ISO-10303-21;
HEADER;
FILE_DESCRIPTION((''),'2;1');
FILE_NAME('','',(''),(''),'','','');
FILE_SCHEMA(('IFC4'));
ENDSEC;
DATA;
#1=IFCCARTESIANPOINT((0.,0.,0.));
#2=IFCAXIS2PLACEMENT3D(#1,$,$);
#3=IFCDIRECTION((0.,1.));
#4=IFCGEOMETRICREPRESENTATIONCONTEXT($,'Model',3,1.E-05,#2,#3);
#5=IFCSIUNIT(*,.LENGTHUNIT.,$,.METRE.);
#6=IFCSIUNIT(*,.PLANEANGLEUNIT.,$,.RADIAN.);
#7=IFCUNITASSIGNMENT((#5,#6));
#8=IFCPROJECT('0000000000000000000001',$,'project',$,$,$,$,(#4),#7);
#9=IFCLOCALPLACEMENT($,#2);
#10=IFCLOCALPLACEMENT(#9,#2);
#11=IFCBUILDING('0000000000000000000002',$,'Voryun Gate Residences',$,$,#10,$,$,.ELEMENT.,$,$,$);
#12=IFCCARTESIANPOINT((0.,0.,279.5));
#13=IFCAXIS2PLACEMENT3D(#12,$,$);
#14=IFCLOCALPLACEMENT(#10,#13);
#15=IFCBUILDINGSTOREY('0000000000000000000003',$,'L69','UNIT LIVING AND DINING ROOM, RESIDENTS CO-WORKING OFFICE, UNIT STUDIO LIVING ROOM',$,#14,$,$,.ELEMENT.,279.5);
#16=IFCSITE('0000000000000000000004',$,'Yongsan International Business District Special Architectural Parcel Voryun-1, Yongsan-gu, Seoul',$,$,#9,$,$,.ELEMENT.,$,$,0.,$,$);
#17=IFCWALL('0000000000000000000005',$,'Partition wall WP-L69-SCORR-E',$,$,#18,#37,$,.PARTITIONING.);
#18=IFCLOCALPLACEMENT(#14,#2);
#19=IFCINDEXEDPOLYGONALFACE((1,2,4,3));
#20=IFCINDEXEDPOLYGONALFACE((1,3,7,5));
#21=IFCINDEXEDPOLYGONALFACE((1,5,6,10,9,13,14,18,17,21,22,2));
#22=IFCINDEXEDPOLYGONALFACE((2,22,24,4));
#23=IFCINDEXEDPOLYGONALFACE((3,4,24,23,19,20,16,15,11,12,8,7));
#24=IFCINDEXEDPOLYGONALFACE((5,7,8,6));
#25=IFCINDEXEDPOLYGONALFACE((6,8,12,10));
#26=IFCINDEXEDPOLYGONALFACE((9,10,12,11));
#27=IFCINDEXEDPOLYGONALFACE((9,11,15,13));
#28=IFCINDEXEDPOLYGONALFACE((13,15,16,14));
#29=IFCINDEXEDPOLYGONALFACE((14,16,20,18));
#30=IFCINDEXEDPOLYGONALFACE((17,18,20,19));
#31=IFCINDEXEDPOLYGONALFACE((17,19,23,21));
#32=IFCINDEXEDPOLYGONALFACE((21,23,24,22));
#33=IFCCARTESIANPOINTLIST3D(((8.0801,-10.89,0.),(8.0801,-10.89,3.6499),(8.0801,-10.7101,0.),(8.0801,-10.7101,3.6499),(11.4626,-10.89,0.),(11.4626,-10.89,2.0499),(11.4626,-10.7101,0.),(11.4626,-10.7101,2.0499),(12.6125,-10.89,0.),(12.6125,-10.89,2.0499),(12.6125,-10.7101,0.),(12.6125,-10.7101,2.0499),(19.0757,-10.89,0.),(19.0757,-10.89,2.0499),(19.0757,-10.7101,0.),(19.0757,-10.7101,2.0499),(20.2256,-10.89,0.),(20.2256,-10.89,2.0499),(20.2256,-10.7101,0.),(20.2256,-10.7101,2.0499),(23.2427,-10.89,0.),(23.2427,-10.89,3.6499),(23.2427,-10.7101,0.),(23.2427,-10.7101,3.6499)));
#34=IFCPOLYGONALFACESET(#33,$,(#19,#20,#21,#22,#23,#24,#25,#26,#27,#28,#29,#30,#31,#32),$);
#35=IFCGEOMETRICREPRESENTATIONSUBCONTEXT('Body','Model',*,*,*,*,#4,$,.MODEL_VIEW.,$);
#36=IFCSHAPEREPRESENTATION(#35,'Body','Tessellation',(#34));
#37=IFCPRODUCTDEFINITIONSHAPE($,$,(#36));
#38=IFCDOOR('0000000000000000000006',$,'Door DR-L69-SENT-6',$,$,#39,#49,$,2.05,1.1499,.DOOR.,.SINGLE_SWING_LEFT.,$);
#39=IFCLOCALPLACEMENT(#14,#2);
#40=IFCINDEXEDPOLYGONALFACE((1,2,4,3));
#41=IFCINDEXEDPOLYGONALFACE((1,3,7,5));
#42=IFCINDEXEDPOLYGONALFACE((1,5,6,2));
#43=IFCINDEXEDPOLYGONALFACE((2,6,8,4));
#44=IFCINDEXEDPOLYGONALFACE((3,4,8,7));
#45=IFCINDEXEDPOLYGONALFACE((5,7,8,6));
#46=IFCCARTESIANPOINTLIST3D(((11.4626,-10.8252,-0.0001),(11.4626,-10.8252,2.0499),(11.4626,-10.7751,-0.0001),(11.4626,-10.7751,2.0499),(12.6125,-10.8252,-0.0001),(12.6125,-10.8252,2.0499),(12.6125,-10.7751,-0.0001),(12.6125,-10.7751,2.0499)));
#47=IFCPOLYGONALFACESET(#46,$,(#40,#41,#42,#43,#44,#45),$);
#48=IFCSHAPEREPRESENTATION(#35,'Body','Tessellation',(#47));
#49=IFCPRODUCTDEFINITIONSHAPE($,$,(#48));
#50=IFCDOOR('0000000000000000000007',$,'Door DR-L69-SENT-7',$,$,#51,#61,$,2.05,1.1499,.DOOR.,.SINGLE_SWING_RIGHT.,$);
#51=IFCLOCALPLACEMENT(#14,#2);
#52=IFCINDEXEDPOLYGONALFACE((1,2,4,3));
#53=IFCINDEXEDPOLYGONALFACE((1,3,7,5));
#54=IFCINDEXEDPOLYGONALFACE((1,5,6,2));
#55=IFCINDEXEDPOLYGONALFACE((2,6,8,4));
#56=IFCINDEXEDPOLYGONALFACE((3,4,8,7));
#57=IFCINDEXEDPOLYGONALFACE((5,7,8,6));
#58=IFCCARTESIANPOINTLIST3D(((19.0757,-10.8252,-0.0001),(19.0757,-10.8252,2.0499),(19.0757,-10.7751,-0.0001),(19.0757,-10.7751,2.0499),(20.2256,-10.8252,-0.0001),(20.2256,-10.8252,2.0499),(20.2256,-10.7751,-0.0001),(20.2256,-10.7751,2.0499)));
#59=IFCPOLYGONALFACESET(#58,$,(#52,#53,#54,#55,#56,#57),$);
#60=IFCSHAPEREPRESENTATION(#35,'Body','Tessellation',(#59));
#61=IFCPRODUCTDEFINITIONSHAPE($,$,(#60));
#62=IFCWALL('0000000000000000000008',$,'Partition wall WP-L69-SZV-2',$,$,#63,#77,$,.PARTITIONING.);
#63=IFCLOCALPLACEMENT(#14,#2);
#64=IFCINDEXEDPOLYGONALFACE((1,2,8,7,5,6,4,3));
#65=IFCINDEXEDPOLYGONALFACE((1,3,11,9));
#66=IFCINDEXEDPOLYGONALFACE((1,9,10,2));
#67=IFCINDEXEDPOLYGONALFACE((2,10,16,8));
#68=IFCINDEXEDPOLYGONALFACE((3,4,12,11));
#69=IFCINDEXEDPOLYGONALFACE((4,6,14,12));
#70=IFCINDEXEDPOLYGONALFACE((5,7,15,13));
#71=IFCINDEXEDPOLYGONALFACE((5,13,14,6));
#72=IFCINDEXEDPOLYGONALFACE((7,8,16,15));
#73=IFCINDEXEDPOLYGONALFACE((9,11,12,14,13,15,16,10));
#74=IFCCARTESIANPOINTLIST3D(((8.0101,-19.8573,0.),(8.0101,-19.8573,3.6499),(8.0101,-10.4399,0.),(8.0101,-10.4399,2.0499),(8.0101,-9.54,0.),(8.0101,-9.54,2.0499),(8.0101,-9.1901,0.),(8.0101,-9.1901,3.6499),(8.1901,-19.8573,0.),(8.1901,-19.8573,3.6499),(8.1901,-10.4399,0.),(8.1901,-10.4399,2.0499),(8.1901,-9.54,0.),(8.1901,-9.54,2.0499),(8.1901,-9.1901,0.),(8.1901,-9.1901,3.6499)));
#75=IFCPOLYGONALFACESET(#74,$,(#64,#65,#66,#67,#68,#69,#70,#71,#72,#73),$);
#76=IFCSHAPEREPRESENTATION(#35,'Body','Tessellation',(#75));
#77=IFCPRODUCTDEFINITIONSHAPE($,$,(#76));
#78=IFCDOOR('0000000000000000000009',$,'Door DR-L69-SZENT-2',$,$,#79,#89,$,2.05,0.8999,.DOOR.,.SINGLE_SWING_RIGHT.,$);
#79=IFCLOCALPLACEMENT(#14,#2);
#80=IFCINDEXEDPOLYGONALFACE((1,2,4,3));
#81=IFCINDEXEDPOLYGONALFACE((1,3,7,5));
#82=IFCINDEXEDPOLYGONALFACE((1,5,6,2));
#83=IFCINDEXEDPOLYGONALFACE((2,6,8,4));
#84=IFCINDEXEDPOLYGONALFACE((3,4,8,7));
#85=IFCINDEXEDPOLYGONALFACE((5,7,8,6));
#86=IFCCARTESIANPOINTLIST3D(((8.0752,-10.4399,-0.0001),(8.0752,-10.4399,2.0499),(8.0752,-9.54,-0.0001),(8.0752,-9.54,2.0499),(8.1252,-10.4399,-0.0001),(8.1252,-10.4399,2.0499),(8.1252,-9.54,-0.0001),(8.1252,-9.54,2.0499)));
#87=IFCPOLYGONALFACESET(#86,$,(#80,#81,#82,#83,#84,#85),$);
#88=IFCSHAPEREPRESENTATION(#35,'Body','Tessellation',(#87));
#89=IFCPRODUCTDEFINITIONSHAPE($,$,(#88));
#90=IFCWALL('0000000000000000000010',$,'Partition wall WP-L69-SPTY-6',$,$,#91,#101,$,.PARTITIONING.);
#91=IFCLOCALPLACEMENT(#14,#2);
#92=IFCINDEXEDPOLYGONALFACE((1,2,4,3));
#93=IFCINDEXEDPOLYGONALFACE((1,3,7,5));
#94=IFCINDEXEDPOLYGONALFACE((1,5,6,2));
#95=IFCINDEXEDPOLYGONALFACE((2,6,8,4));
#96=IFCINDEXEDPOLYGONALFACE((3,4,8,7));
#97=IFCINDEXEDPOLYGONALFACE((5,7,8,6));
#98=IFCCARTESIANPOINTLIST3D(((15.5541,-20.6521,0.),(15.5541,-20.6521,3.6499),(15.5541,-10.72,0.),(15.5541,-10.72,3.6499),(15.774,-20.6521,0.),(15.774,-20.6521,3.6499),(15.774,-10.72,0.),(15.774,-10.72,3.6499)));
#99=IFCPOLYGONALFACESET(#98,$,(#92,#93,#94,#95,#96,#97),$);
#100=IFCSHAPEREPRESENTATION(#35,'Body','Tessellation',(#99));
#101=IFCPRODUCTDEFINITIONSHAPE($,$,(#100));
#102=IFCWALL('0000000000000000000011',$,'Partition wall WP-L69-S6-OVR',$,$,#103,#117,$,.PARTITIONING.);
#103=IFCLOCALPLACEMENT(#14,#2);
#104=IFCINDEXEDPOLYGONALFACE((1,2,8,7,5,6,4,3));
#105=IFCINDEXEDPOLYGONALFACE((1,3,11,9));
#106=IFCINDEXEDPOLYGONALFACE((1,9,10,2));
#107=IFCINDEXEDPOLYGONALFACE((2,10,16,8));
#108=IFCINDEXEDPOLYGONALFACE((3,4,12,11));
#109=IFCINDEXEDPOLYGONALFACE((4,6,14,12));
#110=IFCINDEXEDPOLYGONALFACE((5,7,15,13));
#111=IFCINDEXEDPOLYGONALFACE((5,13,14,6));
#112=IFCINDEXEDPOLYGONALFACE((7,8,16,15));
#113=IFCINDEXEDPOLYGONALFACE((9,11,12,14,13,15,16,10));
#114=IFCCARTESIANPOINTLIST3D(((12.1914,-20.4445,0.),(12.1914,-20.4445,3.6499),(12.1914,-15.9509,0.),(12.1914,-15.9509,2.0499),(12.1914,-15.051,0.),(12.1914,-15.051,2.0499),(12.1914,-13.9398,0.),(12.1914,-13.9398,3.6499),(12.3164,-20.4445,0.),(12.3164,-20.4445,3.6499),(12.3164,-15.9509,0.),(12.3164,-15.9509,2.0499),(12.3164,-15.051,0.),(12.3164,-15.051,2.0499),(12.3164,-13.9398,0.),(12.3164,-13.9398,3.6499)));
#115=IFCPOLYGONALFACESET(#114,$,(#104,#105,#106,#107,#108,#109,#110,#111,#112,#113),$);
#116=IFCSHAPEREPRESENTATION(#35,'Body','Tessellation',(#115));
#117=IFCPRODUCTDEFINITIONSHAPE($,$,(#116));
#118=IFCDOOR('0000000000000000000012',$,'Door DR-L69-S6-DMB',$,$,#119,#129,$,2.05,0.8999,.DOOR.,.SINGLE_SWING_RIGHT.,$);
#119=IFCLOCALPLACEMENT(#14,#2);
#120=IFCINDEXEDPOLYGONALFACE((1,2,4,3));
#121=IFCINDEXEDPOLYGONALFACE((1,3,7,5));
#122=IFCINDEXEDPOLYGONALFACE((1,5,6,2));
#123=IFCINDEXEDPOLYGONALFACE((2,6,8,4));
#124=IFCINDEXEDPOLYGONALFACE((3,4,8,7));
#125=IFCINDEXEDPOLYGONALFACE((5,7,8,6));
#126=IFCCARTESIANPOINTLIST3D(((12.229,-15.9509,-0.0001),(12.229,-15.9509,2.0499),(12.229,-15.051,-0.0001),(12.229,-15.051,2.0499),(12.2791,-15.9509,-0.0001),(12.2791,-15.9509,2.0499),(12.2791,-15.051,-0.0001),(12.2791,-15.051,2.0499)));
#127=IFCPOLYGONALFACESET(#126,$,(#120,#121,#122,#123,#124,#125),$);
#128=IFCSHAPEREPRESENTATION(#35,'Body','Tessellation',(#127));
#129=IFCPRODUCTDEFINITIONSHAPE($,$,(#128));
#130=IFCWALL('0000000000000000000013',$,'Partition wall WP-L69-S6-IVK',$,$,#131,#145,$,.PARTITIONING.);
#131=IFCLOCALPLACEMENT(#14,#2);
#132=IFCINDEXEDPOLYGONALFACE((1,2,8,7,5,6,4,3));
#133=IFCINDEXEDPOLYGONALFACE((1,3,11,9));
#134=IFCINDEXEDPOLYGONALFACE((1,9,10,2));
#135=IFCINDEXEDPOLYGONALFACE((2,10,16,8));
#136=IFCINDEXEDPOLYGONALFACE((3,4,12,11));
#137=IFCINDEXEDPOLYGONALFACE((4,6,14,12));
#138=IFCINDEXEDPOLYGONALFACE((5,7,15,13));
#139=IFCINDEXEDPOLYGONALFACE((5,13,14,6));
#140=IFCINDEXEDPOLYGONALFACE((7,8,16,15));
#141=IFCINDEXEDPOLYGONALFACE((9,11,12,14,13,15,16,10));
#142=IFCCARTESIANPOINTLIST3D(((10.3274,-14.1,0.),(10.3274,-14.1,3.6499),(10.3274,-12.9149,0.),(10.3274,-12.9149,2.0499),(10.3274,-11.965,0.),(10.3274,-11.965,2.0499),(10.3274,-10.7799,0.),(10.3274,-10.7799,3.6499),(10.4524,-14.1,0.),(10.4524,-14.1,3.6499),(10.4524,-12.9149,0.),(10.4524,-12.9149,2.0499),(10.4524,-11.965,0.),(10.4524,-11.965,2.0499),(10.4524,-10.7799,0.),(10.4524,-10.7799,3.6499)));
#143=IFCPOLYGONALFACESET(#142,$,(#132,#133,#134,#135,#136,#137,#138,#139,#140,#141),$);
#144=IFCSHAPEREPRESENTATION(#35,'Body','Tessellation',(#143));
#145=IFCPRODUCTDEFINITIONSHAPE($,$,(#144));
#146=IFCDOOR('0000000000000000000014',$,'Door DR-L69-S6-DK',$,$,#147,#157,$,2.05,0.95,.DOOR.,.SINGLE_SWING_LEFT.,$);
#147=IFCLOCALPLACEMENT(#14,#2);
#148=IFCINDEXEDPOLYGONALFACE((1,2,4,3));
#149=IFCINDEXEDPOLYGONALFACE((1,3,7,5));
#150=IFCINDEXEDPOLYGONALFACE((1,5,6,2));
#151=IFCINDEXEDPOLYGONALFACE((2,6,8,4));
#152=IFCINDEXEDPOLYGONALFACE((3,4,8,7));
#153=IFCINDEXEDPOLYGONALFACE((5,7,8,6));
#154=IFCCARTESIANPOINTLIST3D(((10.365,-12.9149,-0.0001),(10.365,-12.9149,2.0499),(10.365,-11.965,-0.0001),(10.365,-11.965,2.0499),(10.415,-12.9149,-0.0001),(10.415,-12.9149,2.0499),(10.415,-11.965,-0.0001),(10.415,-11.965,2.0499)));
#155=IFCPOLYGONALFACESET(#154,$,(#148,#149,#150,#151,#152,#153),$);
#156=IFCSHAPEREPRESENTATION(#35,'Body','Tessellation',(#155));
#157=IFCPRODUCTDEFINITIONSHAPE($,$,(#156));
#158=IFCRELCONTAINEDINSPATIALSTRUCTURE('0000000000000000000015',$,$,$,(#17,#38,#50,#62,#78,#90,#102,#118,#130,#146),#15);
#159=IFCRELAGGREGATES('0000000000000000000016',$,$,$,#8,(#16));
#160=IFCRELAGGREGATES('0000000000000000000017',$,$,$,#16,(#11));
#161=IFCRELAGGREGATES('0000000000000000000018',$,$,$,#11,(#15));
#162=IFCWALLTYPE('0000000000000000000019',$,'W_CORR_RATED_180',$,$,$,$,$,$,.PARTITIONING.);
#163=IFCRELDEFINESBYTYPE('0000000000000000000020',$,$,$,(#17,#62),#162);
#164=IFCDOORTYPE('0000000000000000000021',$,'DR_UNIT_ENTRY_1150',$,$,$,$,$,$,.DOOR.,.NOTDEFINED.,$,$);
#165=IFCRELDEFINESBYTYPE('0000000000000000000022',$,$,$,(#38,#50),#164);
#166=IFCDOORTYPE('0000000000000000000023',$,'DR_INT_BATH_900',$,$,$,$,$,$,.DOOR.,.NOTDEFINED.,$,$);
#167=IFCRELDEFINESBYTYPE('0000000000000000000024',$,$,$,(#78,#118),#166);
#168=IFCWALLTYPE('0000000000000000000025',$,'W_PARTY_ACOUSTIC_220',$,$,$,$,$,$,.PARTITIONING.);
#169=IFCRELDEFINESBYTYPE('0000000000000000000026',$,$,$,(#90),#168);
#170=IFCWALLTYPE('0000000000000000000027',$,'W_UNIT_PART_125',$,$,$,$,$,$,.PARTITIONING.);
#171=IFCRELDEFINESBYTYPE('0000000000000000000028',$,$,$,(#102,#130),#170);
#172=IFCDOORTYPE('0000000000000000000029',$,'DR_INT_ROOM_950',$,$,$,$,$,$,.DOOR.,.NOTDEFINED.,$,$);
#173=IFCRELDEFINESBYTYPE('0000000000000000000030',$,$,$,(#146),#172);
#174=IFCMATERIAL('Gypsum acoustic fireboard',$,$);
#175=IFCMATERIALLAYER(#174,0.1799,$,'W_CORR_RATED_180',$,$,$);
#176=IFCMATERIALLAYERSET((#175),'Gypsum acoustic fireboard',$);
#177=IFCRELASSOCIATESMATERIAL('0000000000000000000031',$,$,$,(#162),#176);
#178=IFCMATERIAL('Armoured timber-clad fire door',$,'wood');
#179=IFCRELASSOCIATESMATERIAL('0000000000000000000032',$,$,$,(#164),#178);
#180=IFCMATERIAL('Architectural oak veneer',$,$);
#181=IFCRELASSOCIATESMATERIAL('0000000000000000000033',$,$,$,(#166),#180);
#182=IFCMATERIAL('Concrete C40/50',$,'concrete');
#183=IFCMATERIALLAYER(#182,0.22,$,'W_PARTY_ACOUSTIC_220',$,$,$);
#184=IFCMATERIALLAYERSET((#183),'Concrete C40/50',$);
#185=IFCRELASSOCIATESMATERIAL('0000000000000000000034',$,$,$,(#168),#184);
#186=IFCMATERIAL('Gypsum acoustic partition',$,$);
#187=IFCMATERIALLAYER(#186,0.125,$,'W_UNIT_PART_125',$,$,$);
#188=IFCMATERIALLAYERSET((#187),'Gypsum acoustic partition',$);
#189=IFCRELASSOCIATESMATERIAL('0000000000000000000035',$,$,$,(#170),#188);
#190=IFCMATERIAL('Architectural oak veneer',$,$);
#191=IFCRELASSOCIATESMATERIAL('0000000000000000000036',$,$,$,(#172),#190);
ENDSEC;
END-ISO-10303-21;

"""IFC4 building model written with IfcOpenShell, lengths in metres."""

from ifc_helpers import new_model, si_unit, direction, frame, frame_2d, origin, place, context, subcontext, project, spatial, rectangle, extrude, material, layer, layer_set, type_object, element, fill, save


model = new_model("IFC4")

# Units and contexts
model_context = context("Model", 3, precision=1e-05, world=origin(), true_north=direction((0.0, 1.0)))
body_context = subcontext(model_context, "Body", "Model", "MODEL_VIEW")
ifc_project = project(units=[si_unit("LENGTHUNIT", "METRE"), si_unit("PLANEANGLEUNIT", "RADIAN")], contexts=[model_context])

# Site, building, storey
site_placement = place(None, origin())
site = spatial("IfcSite", under=ifc_project, at=site_placement, Name="Yongsan International Business District Special Architectural Parcel Voryun-1, Yongsan-gu, Seoul", CompositionType="ELEMENT", RefElevation=0.0)
building_placement = place(site_placement, origin())
building = spatial("IfcBuilding", under=site, at=building_placement, Name="Voryun Gate Residences", CompositionType="ELEMENT")
storey_placement = place(building_placement, frame((0.0, 0.0, 279.5)))
storey = spatial("IfcBuildingStorey", under=building, at=storey_placement, Name="L69", Description="UNIT LIVING AND DINING ROOM, RESIDENTS CO-WORKING OFFICE, UNIT STUDIO LIVING ROOM", CompositionType="ELEMENT", Elevation=279.5)

# Shared definitions
ifc_material_1 = material(Name="Gypsum acoustic fireboard")
ifc_layer_1 = layer(ifc_material_1, 0.1799, Name="W_CORR_RATED_180")
ifc_layer_set_1 = layer_set([ifc_layer_1], Name="Gypsum acoustic fireboard")
wall_type_1 = type_object("IfcWallType", Name="W_CORR_RATED_180", PredefinedType="PARTITIONING", material=ifc_layer_set_1)

# Wall, openings, doors
wall_1_placement = place(storey_placement, frame((8.0801, -10.8, 0.0), z_axis=(0.0, 0.0, 1.0), x_axis=(1.0, 0.0, 0.0)))
wall_1 = element("IfcWall", 1, at=wall_1_placement, inside=storey, type_object=wall_type_1, Name="Partition wall WP-L69-SCORR-E", PredefinedType="PARTITIONING", context=body_context, shape_type="SweptSolid", body=[
    extrude(rectangle(XDim=15.1626, YDim=0.1799, at=frame_2d((7.5813, 0.0))), origin(), (0.0, 0.0, 1.0), 3.6499),
])
opening_1_placement = place(wall_1_placement, frame((3.3826, 0.0, 0.0)))
opening_1 = element("IfcOpeningElement", 2, at=opening_1_placement, cuts=wall_1, PredefinedType="OPENING", context=body_context, shape_type="SweptSolid", body=[
    extrude(rectangle(XDim=1.1499, YDim=2.05, at=frame_2d((0.575, 1.0249))), frame((0.0, 0.0999, 0.0), z_axis=(0.0, -1.0, 0.0), x_axis=(1.0, 0.0, 0.0)), (0.0, 0.0, 1.0), 0.2),
])
opening_2_placement = place(wall_1_placement, frame((10.9956, 0.0, 0.0)))
opening_2 = element("IfcOpeningElement", 3, at=opening_2_placement, cuts=wall_1, PredefinedType="OPENING", context=body_context, shape_type="SweptSolid", body=[
    extrude(rectangle(XDim=1.1499, YDim=2.05, at=frame_2d((0.575, 1.0249))), frame((0.0, 0.0999, 0.0), z_axis=(0.0, -1.0, 0.0), x_axis=(1.0, 0.0, 0.0)), (0.0, 0.0, 1.0), 0.2),
])
ifc_material_2 = material(Name="Armoured timber-clad fire door", Category="wood")
door_type_1 = type_object("IfcDoorType", Name="DR_UNIT_ENTRY_1150", OperationType="NOTDEFINED", PredefinedType="DOOR", material=ifc_material_2)
door_1_placement = place(opening_1_placement, origin())
door_1 = element("IfcDoor", 4, at=door_1_placement, inside=storey, type_object=door_type_1, Name="Door DR-L69-SENT-6", OperationType="SINGLE_SWING_LEFT", OverallHeight=2.05, OverallWidth=1.1499, PredefinedType="DOOR", context=body_context, shape_type="SweptSolid", body=[
    extrude(rectangle(XDim=1.1499, YDim=2.05, at=frame_2d((0.575, 1.0249))), frame((0.0, 0.0249, 0.0), z_axis=(0.0, -1.0, 0.0), x_axis=(1.0, 0.0, 0.0)), (0.0, 0.0, 1.0), 0.05),
])
fill(opening_1, door_1)
door_2_placement = place(opening_2_placement, origin())
door_2 = element("IfcDoor", 5, at=door_2_placement, inside=storey, type_object=door_type_1, Name="Door DR-L69-SENT-7", OperationType="SINGLE_SWING_RIGHT", OverallHeight=2.05, OverallWidth=1.1499, PredefinedType="DOOR", context=body_context, shape_type="SweptSolid", body=[
    extrude(rectangle(XDim=1.1499, YDim=2.05, at=frame_2d((0.575, 1.0249))), frame((0.0, 0.0249, 0.0), z_axis=(0.0, -1.0, 0.0), x_axis=(1.0, 0.0, 0.0)), (0.0, 0.0, 1.0), 0.05),
])
fill(opening_2, door_2)

# Wall, opening, door
wall_2_placement = place(storey_placement, frame((8.1001, -19.8572, 0.0), z_axis=(0.0, 0.0, 1.0), x_axis=(0.0, 1.0, 0.0)))
wall_2 = element("IfcWall", 6, at=wall_2_placement, inside=storey, type_object=wall_type_1, Name="Partition wall WP-L69-SZV-2", PredefinedType="PARTITIONING", context=body_context, shape_type="SweptSolid", body=[
    extrude(rectangle(XDim=10.6672, YDim=0.1799, at=frame_2d((5.3335, 0.0))), origin(), (0.0, 0.0, 1.0), 3.6499),
])
opening_3_placement = place(wall_2_placement, frame((9.4172, 0.0, 0.0)))
opening_3 = element("IfcOpeningElement", 7, at=opening_3_placement, cuts=wall_2, PredefinedType="OPENING", context=body_context, shape_type="SweptSolid", body=[
    extrude(rectangle(XDim=0.8999, YDim=2.05, at=frame_2d((0.45, 1.0249))), frame((0.0, 0.0999, 0.0), z_axis=(0.0, -1.0, 0.0), x_axis=(1.0, 0.0, 0.0)), (0.0, 0.0, 1.0), 0.2),
])
ifc_material_3 = material(Name="Architectural oak veneer")
door_type_2 = type_object("IfcDoorType", Name="DR_INT_BATH_900", OperationType="NOTDEFINED", PredefinedType="DOOR", material=ifc_material_3)
door_3_placement = place(opening_3_placement, origin())
door_3 = element("IfcDoor", 8, at=door_3_placement, inside=storey, type_object=door_type_2, Name="Door DR-L69-SZENT-2", OperationType="SINGLE_SWING_RIGHT", OverallHeight=2.05, OverallWidth=0.8999, PredefinedType="DOOR", context=body_context, shape_type="SweptSolid", body=[
    extrude(rectangle(XDim=0.8999, YDim=2.05, at=frame_2d((0.45, 1.0249))), frame((0.0, 0.0249, 0.0), z_axis=(0.0, -1.0, 0.0), x_axis=(1.0, 0.0, 0.0)), (0.0, 0.0, 1.0), 0.05),
])
fill(opening_3, door_3)

# Wall
ifc_material_4 = material(Name="Concrete C40/50", Category="concrete")
ifc_layer_2 = layer(ifc_material_4, 0.22, Name="W_PARTY_ACOUSTIC_220")
ifc_layer_set_2 = layer_set([ifc_layer_2], Name="Concrete C40/50")
wall_type_2 = type_object("IfcWallType", Name="W_PARTY_ACOUSTIC_220", PredefinedType="PARTITIONING", material=ifc_layer_set_2)
wall_3_placement = place(storey_placement, frame((15.6641, -20.6521, 0.0), z_axis=(0.0, 0.0, 1.0), x_axis=(0.0, 1.0, 0.0)))
element("IfcWall", 9, at=wall_3_placement, inside=storey, type_object=wall_type_2, Name="Partition wall WP-L69-SPTY-6", PredefinedType="PARTITIONING", context=body_context, shape_type="SweptSolid", body=[
    extrude(rectangle(XDim=9.9321, YDim=0.22, at=frame_2d((4.9661, 0.0))), origin(), (0.0, 0.0, 1.0), 3.6499),
])

# Walls, openings, doors
ifc_material_5 = material(Name="Gypsum acoustic partition")
ifc_layer_3 = layer(ifc_material_5, 0.125, Name="W_UNIT_PART_125")
ifc_layer_set_3 = layer_set([ifc_layer_3], Name="Gypsum acoustic partition")
wall_type_3 = type_object("IfcWallType", Name="W_UNIT_PART_125", PredefinedType="PARTITIONING", material=ifc_layer_set_3)
wall_4_placement = place(storey_placement, frame((12.2539, -20.4446, 0.0), z_axis=(0.0, 0.0, 1.0), x_axis=(0.0, 1.0, 0.0)))
wall_4 = element("IfcWall", 10, at=wall_4_placement, inside=storey, type_object=wall_type_3, Name="Partition wall WP-L69-S6-OVR", PredefinedType="PARTITIONING", context=body_context, shape_type="SweptSolid", body=[
    extrude(rectangle(XDim=6.5046, YDim=0.125, at=frame_2d((3.2524, 0.0))), origin(), (0.0, 0.0, 1.0), 3.6499),
])
opening_4_placement = place(wall_4_placement, frame((4.4937, 0.0, 0.0)))
opening_4 = element("IfcOpeningElement", 11, at=opening_4_placement, cuts=wall_4, PredefinedType="OPENING", context=body_context, shape_type="SweptSolid", body=[
    extrude(rectangle(XDim=0.8999, YDim=2.05, at=frame_2d((0.45, 1.0249))), frame((0.0, 0.0725, 0.0), z_axis=(0.0, -1.0, 0.0), x_axis=(1.0, 0.0, 0.0)), (0.0, 0.0, 1.0), 0.145),
])
door_4_placement = place(opening_4_placement, origin())
door_4 = element("IfcDoor", 12, at=door_4_placement, inside=storey, type_object=door_type_2, Name="Door DR-L69-S6-DMB", OperationType="SINGLE_SWING_RIGHT", OverallHeight=2.05, OverallWidth=0.8999, PredefinedType="DOOR", context=body_context, shape_type="SweptSolid", body=[
    extrude(rectangle(XDim=0.8999, YDim=2.05, at=frame_2d((0.45, 1.0249))), frame((0.0, 0.0249, 0.0), z_axis=(0.0, -1.0, 0.0), x_axis=(1.0, 0.0, 0.0)), (0.0, 0.0, 1.0), 0.05),
])
fill(opening_4, door_4)
wall_5_placement = place(storey_placement, frame((10.3899, -14.1001, 0.0), z_axis=(0.0, 0.0, 1.0), x_axis=(0.0, 1.0, 0.0)))
wall_5 = element("IfcWall", 13, at=wall_5_placement, inside=storey, type_object=wall_type_3, Name="Partition wall WP-L69-S6-IVK", PredefinedType="PARTITIONING", context=body_context, shape_type="SweptSolid", body=[
    extrude(rectangle(XDim=3.3201, YDim=0.125, at=frame_2d((1.6602, 0.0))), origin(), (0.0, 0.0, 1.0), 3.6499),
])
opening_5_placement = place(wall_5_placement, frame((1.1851, 0.0, 0.0)))
opening_5 = element("IfcOpeningElement", 14, at=opening_5_placement, cuts=wall_5, PredefinedType="OPENING", context=body_context, shape_type="SweptSolid", body=[
    extrude(rectangle(XDim=0.95, YDim=2.05, at=frame_2d((0.4751, 1.0249))), frame((0.0, 0.0725, 0.0), z_axis=(0.0, -1.0, 0.0), x_axis=(1.0, 0.0, 0.0)), (0.0, 0.0, 1.0), 0.145),
])
ifc_material_6 = material(Name="Architectural oak veneer")
door_type_3 = type_object("IfcDoorType", Name="DR_INT_ROOM_950", OperationType="NOTDEFINED", PredefinedType="DOOR", material=ifc_material_6)
door_5_placement = place(opening_5_placement, origin())
door_5 = element("IfcDoor", 15, at=door_5_placement, inside=storey, type_object=door_type_3, Name="Door DR-L69-S6-DK", OperationType="SINGLE_SWING_LEFT", OverallHeight=2.05, OverallWidth=0.95, PredefinedType="DOOR", context=body_context, shape_type="SweptSolid", body=[
    extrude(rectangle(XDim=0.95, YDim=2.05, at=frame_2d((0.4751, 1.0249))), frame((0.0, 0.0249, 0.0), z_axis=(0.0, -1.0, 0.0), x_axis=(1.0, 0.0, 0.0)), (0.0, 0.0, 1.0), 0.05),
])
fill(opening_5, door_5)

save(model, "model.ifc")
